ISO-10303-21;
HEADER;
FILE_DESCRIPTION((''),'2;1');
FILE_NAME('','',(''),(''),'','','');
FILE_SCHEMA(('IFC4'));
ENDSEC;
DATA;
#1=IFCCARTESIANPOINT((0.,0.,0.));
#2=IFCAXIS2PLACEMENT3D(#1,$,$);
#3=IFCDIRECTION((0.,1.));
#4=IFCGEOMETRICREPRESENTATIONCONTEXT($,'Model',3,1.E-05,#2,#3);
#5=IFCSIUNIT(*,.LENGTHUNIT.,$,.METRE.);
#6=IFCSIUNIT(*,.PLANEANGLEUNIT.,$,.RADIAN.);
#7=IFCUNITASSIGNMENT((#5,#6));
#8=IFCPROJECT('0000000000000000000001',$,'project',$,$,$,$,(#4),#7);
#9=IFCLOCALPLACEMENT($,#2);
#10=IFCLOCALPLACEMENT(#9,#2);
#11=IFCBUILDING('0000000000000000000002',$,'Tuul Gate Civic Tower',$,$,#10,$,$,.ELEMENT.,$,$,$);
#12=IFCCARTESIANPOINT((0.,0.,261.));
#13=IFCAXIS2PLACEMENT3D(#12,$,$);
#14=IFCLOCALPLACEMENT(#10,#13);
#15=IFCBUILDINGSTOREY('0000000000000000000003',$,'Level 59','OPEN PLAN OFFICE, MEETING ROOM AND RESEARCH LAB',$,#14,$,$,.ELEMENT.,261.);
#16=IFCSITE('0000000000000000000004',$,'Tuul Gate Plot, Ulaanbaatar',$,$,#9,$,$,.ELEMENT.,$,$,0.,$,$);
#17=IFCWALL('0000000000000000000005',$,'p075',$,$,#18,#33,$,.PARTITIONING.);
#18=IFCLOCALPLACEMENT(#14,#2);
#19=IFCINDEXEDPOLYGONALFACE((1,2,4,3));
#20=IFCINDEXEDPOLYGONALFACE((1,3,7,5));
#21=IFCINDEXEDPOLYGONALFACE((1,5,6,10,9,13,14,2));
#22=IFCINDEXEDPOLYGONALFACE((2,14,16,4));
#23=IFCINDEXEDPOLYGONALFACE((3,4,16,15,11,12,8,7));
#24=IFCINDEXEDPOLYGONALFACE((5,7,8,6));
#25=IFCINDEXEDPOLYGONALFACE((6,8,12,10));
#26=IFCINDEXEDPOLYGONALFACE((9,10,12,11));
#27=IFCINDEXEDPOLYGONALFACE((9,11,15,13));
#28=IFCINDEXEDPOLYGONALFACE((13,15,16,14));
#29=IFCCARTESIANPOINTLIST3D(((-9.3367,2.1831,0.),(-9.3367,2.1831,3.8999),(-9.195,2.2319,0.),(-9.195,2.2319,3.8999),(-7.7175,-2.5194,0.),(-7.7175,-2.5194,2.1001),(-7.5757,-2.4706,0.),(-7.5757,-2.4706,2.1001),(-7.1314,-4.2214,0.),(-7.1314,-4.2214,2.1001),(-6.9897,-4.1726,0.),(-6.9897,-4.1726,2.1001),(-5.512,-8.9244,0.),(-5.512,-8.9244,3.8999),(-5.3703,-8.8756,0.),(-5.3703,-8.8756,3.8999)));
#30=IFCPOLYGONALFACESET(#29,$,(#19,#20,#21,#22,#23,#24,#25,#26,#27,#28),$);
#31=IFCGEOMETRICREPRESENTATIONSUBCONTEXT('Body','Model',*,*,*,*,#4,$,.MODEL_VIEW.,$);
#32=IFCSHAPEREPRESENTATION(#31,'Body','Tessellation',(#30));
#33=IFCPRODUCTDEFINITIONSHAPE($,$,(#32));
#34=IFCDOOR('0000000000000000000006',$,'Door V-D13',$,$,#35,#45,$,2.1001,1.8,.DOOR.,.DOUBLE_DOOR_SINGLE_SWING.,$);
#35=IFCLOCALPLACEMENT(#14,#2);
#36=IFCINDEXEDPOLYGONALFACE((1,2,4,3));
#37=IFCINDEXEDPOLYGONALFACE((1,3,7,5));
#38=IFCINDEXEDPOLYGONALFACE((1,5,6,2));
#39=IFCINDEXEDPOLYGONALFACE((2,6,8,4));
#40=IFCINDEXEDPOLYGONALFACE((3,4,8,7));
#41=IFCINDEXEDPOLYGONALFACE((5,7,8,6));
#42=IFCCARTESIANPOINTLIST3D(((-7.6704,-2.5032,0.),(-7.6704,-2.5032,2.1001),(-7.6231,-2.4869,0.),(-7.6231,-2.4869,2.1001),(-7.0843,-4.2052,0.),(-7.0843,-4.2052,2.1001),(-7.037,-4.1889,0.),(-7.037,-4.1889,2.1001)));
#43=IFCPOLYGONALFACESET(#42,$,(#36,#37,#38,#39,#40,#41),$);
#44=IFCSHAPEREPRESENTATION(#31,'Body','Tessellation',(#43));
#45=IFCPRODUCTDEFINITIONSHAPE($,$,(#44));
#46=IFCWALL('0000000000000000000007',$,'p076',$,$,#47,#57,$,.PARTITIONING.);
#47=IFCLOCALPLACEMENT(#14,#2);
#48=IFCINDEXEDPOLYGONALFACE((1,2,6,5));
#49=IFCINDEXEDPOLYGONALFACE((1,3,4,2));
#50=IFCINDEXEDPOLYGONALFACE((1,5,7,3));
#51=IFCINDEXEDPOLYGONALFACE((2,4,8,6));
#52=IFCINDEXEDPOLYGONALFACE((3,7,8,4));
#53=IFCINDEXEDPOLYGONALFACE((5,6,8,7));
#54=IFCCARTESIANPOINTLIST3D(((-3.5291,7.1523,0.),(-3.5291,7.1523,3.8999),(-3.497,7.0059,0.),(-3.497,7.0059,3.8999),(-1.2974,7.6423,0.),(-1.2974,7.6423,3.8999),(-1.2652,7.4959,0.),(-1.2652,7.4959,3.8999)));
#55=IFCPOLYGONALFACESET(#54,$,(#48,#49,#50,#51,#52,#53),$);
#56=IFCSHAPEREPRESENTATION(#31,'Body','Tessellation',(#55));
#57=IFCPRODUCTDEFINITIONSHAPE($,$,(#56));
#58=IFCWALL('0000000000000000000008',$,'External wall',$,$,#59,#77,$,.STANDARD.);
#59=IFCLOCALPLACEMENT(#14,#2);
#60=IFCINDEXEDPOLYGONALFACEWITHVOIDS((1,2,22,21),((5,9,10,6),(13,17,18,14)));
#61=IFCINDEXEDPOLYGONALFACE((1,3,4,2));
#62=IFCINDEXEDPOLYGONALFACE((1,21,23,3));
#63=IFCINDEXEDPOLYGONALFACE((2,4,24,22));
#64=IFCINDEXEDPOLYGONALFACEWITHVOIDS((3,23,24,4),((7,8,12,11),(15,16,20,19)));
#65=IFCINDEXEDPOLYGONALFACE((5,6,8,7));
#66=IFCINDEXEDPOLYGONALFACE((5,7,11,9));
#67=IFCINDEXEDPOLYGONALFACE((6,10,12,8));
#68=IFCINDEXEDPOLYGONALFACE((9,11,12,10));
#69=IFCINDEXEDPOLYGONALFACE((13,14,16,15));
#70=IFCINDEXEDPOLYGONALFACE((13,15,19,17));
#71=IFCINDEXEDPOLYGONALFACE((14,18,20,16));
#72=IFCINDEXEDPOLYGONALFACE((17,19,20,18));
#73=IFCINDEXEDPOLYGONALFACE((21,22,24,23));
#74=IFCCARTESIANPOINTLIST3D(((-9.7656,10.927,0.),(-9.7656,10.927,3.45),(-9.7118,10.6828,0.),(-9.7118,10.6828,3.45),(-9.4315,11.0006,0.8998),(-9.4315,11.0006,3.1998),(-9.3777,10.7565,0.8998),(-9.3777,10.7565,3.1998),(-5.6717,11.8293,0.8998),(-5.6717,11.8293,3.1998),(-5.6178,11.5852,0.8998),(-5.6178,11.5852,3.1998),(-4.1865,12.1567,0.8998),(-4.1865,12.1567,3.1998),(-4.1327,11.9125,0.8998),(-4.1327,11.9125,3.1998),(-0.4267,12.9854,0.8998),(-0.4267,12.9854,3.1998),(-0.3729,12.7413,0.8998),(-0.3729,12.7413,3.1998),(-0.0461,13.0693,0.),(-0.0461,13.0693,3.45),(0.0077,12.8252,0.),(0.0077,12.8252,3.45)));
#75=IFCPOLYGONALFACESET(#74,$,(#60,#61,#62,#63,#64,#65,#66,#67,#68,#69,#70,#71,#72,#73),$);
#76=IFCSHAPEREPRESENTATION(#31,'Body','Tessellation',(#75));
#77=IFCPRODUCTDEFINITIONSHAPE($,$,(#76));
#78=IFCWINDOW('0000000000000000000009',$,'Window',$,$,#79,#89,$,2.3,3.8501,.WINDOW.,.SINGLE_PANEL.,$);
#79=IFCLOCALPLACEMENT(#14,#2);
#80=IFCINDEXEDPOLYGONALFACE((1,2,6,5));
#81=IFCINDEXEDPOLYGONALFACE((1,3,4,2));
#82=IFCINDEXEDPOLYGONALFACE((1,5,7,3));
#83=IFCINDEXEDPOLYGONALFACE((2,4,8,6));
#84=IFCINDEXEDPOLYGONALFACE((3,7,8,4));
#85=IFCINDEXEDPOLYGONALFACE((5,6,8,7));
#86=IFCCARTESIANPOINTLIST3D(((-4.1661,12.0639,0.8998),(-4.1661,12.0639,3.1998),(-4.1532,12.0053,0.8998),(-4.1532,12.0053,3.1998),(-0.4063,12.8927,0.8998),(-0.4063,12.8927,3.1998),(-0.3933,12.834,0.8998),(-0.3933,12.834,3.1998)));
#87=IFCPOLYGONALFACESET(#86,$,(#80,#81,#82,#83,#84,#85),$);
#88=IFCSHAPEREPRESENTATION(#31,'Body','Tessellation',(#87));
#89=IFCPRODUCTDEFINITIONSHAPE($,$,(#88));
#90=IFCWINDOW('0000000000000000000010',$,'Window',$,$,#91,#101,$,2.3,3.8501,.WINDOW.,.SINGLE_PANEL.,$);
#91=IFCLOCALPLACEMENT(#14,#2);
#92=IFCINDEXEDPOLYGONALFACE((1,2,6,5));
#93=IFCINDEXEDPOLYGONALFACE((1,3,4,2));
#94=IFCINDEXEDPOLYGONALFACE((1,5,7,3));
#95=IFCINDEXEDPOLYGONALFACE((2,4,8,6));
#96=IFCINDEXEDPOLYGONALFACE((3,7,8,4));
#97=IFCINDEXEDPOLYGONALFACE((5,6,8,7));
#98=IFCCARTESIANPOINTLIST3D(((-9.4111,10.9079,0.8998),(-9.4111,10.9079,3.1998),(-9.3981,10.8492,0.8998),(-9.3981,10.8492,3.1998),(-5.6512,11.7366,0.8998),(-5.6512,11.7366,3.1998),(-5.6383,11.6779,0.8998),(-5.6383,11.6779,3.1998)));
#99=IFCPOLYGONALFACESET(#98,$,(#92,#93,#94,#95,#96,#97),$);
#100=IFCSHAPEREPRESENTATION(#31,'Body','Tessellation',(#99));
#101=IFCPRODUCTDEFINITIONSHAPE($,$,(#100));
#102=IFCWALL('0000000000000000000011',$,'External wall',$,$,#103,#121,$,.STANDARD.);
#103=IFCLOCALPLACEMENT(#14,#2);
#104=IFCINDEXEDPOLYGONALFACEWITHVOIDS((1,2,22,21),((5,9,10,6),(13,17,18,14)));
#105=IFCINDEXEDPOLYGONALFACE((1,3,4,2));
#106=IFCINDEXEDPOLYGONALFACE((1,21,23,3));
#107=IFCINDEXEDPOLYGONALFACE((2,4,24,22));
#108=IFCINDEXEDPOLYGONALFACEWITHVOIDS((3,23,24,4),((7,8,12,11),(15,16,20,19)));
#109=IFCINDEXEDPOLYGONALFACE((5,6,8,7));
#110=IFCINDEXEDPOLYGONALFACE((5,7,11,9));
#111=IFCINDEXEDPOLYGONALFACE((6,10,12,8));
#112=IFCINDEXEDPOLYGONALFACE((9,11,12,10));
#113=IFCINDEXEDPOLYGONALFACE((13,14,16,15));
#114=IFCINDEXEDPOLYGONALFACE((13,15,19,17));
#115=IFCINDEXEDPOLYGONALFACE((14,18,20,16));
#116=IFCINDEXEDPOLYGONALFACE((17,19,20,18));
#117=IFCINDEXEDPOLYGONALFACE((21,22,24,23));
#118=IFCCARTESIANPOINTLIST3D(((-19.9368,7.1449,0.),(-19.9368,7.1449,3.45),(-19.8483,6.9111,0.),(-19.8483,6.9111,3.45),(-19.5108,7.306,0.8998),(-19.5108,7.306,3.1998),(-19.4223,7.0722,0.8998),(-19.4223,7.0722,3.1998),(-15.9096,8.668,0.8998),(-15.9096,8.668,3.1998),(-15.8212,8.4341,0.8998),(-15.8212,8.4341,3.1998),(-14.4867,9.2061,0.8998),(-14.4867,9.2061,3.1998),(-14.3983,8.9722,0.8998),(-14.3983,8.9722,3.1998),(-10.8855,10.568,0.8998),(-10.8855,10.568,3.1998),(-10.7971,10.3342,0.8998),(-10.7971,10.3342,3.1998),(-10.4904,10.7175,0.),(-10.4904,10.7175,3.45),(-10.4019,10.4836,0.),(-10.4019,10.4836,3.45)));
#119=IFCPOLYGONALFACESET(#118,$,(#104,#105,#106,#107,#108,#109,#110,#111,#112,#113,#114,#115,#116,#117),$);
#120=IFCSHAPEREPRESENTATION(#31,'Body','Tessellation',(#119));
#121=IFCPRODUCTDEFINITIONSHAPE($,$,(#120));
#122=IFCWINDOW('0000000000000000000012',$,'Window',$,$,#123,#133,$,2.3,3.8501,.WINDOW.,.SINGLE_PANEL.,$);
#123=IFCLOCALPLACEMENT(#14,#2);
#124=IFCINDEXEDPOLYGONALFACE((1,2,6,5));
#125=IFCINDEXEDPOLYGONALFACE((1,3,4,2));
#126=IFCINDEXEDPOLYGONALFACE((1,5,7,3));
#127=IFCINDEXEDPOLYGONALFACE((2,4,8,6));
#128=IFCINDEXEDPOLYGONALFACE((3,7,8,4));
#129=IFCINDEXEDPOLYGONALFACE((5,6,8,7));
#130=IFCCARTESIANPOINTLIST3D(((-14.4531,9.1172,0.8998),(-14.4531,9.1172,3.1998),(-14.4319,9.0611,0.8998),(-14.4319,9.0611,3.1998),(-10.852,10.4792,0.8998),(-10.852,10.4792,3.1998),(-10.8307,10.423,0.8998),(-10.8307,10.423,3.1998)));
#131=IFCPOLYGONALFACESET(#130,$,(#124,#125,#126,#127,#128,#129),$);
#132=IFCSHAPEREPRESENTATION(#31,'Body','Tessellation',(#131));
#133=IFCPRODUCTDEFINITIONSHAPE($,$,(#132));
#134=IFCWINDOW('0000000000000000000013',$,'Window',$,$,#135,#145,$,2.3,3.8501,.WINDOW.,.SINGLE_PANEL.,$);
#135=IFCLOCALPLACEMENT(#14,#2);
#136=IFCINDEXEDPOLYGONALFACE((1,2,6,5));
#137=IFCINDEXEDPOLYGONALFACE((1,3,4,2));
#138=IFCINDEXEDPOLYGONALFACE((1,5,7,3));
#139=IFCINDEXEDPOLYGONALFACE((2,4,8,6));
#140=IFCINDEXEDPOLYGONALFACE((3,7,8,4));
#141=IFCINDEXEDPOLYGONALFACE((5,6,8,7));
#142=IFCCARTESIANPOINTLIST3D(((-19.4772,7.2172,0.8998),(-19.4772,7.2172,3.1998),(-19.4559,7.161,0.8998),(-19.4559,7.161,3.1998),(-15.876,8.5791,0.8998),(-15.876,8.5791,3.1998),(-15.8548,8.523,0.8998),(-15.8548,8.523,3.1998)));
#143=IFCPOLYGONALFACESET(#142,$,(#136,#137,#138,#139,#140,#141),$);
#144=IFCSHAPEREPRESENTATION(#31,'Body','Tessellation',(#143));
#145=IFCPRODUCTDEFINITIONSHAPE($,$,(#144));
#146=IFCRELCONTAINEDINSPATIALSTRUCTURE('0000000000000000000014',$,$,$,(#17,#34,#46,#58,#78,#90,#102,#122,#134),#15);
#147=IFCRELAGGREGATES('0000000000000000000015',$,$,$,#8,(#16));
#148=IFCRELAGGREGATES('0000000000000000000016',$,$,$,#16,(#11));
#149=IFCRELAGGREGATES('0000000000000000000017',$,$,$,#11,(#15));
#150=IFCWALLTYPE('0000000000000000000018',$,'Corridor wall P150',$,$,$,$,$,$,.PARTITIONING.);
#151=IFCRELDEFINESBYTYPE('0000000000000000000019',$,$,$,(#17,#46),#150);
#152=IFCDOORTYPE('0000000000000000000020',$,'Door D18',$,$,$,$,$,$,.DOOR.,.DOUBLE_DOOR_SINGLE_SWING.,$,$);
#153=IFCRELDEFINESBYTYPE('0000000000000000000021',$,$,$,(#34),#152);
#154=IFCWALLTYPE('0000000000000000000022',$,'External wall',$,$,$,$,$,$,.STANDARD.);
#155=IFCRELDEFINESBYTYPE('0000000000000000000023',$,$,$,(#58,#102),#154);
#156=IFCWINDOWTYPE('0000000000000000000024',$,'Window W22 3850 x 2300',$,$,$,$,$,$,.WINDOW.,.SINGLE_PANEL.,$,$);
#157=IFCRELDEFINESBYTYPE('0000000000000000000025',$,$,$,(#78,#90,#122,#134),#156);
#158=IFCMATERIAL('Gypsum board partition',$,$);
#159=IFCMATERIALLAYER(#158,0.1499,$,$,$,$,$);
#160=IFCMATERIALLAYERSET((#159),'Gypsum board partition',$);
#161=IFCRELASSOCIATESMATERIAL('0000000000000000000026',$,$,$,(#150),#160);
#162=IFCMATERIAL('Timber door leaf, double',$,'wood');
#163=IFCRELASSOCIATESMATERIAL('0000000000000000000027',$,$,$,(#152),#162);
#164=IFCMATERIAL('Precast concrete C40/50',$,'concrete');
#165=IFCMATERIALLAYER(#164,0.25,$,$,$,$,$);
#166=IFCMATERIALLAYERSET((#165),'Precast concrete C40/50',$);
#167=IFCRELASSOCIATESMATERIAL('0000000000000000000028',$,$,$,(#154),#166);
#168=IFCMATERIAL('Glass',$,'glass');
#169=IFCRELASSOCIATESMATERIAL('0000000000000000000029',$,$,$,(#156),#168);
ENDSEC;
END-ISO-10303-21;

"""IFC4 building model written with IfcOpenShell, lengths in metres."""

from ifc_helpers import new_model, si_unit, direction, frame, frame_2d, origin, place, context, subcontext, project, spatial, rectangle, extrude, material, layer, layer_set, type_object, element, fill, save


model = new_model("IFC4")

# Units and contexts
model_context = context("Model", 3, precision=1e-05, world=origin(), true_north=direction((0.0, 1.0)))
body_context = subcontext(model_context, "Body", "Model", "MODEL_VIEW")
ifc_project = project(units=[si_unit("LENGTHUNIT", "METRE"), si_unit("PLANEANGLEUNIT", "RADIAN")], contexts=[model_context])

# Site, building, storey
site_placement = place(None, origin())
site = spatial("IfcSite", under=ifc_project, at=site_placement, Name="Tuul Gate Plot, Ulaanbaatar", CompositionType="ELEMENT", RefElevation=0.0)
building_placement = place(site_placement, origin())
building = spatial("IfcBuilding", under=site, at=building_placement, Name="Tuul Gate Civic Tower", CompositionType="ELEMENT")
storey_placement = place(building_placement, frame((0.0, 0.0, 261.0)))
storey = spatial("IfcBuildingStorey", under=building, at=storey_placement, Name="Level 59", Description="OPEN PLAN OFFICE, MEETING ROOM AND RESEARCH LAB", CompositionType="ELEMENT", Elevation=261.0)

# Shared definitions
ifc_material_1 = material(Name="Gypsum board partition")
ifc_layer_1 = layer(ifc_material_1, 0.1499)
ifc_layer_set_1 = layer_set([ifc_layer_1], Name="Gypsum board partition")
wall_type_1 = type_object("IfcWallType", Name="Corridor wall P150", PredefinedType="PARTITIONING", material=ifc_layer_set_1)

# Wall, opening, door
wall_1_placement = place(storey_placement, frame((-9.2659, 2.2075, 0.0), z_axis=(0.0, 0.0, 1.0), x_axis=(0.325577, -0.945516, 0.0)))
wall_1 = element("IfcWall", 1, at=wall_1_placement, inside=storey, type_object=wall_type_1, Name="p075", PredefinedType="PARTITIONING", context=body_context, shape_type="SweptSolid", body=[
    extrude(rectangle(XDim=11.7476, YDim=0.1499, at=frame_2d((5.8738, 0.0))), origin(), (0.0, 0.0, 1.0), 3.8999),
])
opening_1_placement = place(wall_1_placement, frame((4.9736, 0.0, 0.0)))
opening_1 = element("IfcOpeningElement", 2, at=opening_1_placement, cuts=wall_1, PredefinedType="OPENING", context=body_context, shape_type="SweptSolid", body=[
    extrude(rectangle(XDim=1.8, YDim=2.1001, at=frame_2d((0.8999, 1.05))), frame((0.0, 0.085, 0.0), z_axis=(0.0, -1.0, 0.0), x_axis=(1.0, 0.0, 0.0)), (0.0, 0.0, 1.0), 0.1699),
])
ifc_material_2 = material(Name="Timber door leaf, double", Category="wood")
door_type = type_object("IfcDoorType", Name="Door D18", OperationType="DOUBLE_DOOR_SINGLE_SWING", PredefinedType="DOOR", material=ifc_material_2)
door_placement = place(opening_1_placement, origin())
door = element("IfcDoor", 3, at=door_placement, inside=storey, type_object=door_type, Name="Door V-D13", OperationType="DOUBLE_DOOR_SINGLE_SWING", OverallHeight=2.1001, OverallWidth=1.8, PredefinedType="DOOR", context=body_context, shape_type="SweptSolid", body=[
    extrude(rectangle(XDim=1.8, YDim=2.1001, at=frame_2d((0.8999, 1.05))), frame((0.0, 0.0249, 0.0), z_axis=(0.0, -1.0, 0.0), x_axis=(1.0, 0.0, 0.0)), (0.0, 0.0, 1.0), 0.05),
])
fill(opening_1, door)

# Wall
wall_2_placement = place(storey_placement, frame((-3.5132, 7.0791, 0.0), z_axis=(0.0, 0.0, 1.0), x_axis=(0.976735, 0.214452, 0.0)))
element("IfcWall", 4, at=wall_2_placement, inside=storey, type_object=wall_type_1, Name="p076", PredefinedType="PARTITIONING", context=body_context, shape_type="SweptSolid", body=[
    extrude(rectangle(XDim=2.2849, YDim=0.1499, at=frame_2d((1.1426, 0.0))), origin(), (0.0, 0.0, 1.0), 3.8999),
])

# Walls, openings, windows
ifc_material_3 = material(Name="Precast concrete C40/50", Category="concrete")
ifc_layer_2 = layer(ifc_material_3, 0.25)
ifc_layer_set_2 = layer_set([ifc_layer_2], Name="Precast concrete C40/50")
wall_type_2 = type_object("IfcWallType", Name="External wall", PredefinedType="STANDARD", material=ifc_layer_set_2)
wall_3_placement = place(storey_placement, frame((-0.019, 12.9473, 0.0), z_axis=(0.0, 0.0, 1.0), x_axis=(-0.976559, -0.21525, 0.0)))
wall_3 = element("IfcWall", 5, at=wall_3_placement, inside=storey, type_object=wall_type_2, Name="External wall", PredefinedType="STANDARD", context=body_context, shape_type="SweptSolid", body=[
    extrude(rectangle(XDim=9.9529, YDim=0.25, at=frame_2d((4.9766, 0.0))), origin(), (0.0, 0.0, 1.0), 3.45),
])
opening_2_placement = place(wall_3_placement, frame((0.3899, 0.0, 0.8999)))
opening_2 = element("IfcOpeningElement", 6, at=opening_2_placement, cuts=wall_3, PredefinedType="OPENING", context=body_context, shape_type="SweptSolid", body=[
    extrude(rectangle(XDim=3.8501, YDim=2.3, at=frame_2d((1.925, 1.1499))), frame((0.0, 0.135, 0.0), z_axis=(0.0, -1.0, 0.0), x_axis=(1.0, 0.0, 0.0)), (0.0, 0.0, 1.0), 0.27),
])
opening_3_placement = place(wall_3_placement, frame((5.7607, 0.0, 0.8999)))
opening_3 = element("IfcOpeningElement", 7, at=opening_3_placement, cuts=wall_3, PredefinedType="OPENING", context=body_context, shape_type="SweptSolid", body=[
    extrude(rectangle(XDim=3.8501, YDim=2.3, at=frame_2d((1.925, 1.1499))), frame((0.0, 0.135, 0.0), z_axis=(0.0, -1.0, 0.0), x_axis=(1.0, 0.0, 0.0)), (0.0, 0.0, 1.0), 0.27),
])
ifc_material_4 = material(Name="Glass", Category="glass")
window_type_1 = type_object("IfcWindowType", Name="Window W22 3850 x 2300", PartitioningType="SINGLE_PANEL", PredefinedType="WINDOW", material=ifc_material_4)
window_1_placement = place(opening_2_placement, origin())
window_1 = element("IfcWindow", 8, at=window_1_placement, inside=storey, type_object=window_type_1, Name="Window", OverallHeight=2.3, OverallWidth=3.8501, PartitioningType="SINGLE_PANEL", PredefinedType="WINDOW", context=body_context, shape_type="SweptSolid", body=[
    extrude(rectangle(XDim=3.8501, YDim=2.3, at=frame_2d((1.925, 1.1499))), frame((0.0, 0.03, 0.0), z_axis=(0.0, -1.0, 0.0), x_axis=(1.0, 0.0, 0.0)), (0.0, 0.0, 1.0), 0.0601),
])
fill(opening_2, window_1)
window_2_placement = place(opening_3_placement, origin())
window_2 = element("IfcWindow", 9, at=window_2_placement, inside=storey, type_object=window_type_1, Name="Window", OverallHeight=2.3, OverallWidth=3.8501, PartitioningType="SINGLE_PANEL", PredefinedType="WINDOW", context=body_context, shape_type="SweptSolid", body=[
    extrude(rectangle(XDim=3.8501, YDim=2.3, at=frame_2d((1.925, 1.1499))), frame((0.0, 0.03, 0.0), z_axis=(0.0, -1.0, 0.0), x_axis=(1.0, 0.0, 0.0)), (0.0, 0.0, 1.0), 0.0601),
])
fill(opening_3, window_2)
wall_4_placement = place(storey_placement, frame((-10.446, 10.6006, 0.0), z_axis=(0.0, 0.0, 1.0), x_axis=(-0.935344, -0.353739, 0.0)))
wall_4 = element("IfcWall", 10, at=wall_4_placement, inside=storey, type_object=wall_type_2, Name="External wall", PredefinedType="STANDARD", context=body_context, shape_type="SweptSolid", body=[
    extrude(rectangle(XDim=10.0994, YDim=0.25, at=frame_2d((5.0498, 0.0))), origin(), (0.0, 0.0, 1.0), 3.45),
])
opening_4_placement = place(wall_4_placement, frame((0.4226, 0.0, 0.8999)))
opening_4 = element("IfcOpeningElement", 11, at=opening_4_placement, cuts=wall_4, PredefinedType="OPENING", context=body_context, shape_type="SweptSolid", body=[
    extrude(rectangle(XDim=3.8501, YDim=2.3, at=frame_2d((1.925, 1.1499))), frame((0.0, 0.135, 0.0), z_axis=(0.0, -1.0, 0.0), x_axis=(1.0, 0.0, 0.0)), (0.0, 0.0, 1.0), 0.27),
])
opening_5_placement = place(wall_4_placement, frame((5.7939, 0.0, 0.8999)))
opening_5 = element("IfcOpeningElement", 12, at=opening_5_placement, cuts=wall_4, PredefinedType="OPENING", context=body_context, shape_type="SweptSolid", body=[
    extrude(rectangle(XDim=3.8501, YDim=2.3, at=frame_2d((1.925, 1.1499))), frame((0.0, 0.135, 0.0), z_axis=(0.0, -1.0, 0.0), x_axis=(1.0, 0.0, 0.0)), (0.0, 0.0, 1.0), 0.27),
])
window_3_placement = place(opening_4_placement, origin())
window_3 = element("IfcWindow", 13, at=window_3_placement, inside=storey, type_object=window_type_1, Name="Window", OverallHeight=2.3, OverallWidth=3.8501, PartitioningType="SINGLE_PANEL", PredefinedType="WINDOW", context=body_context, shape_type="SweptSolid", body=[
    extrude(rectangle(XDim=3.8501, YDim=2.3, at=frame_2d((1.925, 1.1499))), frame((0.0, 0.03, 0.0), z_axis=(0.0, -1.0, 0.0), x_axis=(1.0, 0.0, 0.0)), (0.0, 0.0, 1.0), 0.0601),
])
fill(opening_4, window_3)
window_4_placement = place(opening_5_placement, origin())
window_4 = element("IfcWindow", 14, at=window_4_placement, inside=storey, type_object=window_type_1, Name="Window", OverallHeight=2.3, OverallWidth=3.8501, PartitioningType="SINGLE_PANEL", PredefinedType="WINDOW", context=body_context, shape_type="SweptSolid", body=[
    extrude(rectangle(XDim=3.8501, YDim=2.3, at=frame_2d((1.925, 1.1499))), frame((0.0, 0.03, 0.0), z_axis=(0.0, -1.0, 0.0), x_axis=(1.0, 0.0, 0.0)), (0.0, 0.0, 1.0), 0.0601),
])
fill(opening_5, window_4)

save(model, "model.ifc")
